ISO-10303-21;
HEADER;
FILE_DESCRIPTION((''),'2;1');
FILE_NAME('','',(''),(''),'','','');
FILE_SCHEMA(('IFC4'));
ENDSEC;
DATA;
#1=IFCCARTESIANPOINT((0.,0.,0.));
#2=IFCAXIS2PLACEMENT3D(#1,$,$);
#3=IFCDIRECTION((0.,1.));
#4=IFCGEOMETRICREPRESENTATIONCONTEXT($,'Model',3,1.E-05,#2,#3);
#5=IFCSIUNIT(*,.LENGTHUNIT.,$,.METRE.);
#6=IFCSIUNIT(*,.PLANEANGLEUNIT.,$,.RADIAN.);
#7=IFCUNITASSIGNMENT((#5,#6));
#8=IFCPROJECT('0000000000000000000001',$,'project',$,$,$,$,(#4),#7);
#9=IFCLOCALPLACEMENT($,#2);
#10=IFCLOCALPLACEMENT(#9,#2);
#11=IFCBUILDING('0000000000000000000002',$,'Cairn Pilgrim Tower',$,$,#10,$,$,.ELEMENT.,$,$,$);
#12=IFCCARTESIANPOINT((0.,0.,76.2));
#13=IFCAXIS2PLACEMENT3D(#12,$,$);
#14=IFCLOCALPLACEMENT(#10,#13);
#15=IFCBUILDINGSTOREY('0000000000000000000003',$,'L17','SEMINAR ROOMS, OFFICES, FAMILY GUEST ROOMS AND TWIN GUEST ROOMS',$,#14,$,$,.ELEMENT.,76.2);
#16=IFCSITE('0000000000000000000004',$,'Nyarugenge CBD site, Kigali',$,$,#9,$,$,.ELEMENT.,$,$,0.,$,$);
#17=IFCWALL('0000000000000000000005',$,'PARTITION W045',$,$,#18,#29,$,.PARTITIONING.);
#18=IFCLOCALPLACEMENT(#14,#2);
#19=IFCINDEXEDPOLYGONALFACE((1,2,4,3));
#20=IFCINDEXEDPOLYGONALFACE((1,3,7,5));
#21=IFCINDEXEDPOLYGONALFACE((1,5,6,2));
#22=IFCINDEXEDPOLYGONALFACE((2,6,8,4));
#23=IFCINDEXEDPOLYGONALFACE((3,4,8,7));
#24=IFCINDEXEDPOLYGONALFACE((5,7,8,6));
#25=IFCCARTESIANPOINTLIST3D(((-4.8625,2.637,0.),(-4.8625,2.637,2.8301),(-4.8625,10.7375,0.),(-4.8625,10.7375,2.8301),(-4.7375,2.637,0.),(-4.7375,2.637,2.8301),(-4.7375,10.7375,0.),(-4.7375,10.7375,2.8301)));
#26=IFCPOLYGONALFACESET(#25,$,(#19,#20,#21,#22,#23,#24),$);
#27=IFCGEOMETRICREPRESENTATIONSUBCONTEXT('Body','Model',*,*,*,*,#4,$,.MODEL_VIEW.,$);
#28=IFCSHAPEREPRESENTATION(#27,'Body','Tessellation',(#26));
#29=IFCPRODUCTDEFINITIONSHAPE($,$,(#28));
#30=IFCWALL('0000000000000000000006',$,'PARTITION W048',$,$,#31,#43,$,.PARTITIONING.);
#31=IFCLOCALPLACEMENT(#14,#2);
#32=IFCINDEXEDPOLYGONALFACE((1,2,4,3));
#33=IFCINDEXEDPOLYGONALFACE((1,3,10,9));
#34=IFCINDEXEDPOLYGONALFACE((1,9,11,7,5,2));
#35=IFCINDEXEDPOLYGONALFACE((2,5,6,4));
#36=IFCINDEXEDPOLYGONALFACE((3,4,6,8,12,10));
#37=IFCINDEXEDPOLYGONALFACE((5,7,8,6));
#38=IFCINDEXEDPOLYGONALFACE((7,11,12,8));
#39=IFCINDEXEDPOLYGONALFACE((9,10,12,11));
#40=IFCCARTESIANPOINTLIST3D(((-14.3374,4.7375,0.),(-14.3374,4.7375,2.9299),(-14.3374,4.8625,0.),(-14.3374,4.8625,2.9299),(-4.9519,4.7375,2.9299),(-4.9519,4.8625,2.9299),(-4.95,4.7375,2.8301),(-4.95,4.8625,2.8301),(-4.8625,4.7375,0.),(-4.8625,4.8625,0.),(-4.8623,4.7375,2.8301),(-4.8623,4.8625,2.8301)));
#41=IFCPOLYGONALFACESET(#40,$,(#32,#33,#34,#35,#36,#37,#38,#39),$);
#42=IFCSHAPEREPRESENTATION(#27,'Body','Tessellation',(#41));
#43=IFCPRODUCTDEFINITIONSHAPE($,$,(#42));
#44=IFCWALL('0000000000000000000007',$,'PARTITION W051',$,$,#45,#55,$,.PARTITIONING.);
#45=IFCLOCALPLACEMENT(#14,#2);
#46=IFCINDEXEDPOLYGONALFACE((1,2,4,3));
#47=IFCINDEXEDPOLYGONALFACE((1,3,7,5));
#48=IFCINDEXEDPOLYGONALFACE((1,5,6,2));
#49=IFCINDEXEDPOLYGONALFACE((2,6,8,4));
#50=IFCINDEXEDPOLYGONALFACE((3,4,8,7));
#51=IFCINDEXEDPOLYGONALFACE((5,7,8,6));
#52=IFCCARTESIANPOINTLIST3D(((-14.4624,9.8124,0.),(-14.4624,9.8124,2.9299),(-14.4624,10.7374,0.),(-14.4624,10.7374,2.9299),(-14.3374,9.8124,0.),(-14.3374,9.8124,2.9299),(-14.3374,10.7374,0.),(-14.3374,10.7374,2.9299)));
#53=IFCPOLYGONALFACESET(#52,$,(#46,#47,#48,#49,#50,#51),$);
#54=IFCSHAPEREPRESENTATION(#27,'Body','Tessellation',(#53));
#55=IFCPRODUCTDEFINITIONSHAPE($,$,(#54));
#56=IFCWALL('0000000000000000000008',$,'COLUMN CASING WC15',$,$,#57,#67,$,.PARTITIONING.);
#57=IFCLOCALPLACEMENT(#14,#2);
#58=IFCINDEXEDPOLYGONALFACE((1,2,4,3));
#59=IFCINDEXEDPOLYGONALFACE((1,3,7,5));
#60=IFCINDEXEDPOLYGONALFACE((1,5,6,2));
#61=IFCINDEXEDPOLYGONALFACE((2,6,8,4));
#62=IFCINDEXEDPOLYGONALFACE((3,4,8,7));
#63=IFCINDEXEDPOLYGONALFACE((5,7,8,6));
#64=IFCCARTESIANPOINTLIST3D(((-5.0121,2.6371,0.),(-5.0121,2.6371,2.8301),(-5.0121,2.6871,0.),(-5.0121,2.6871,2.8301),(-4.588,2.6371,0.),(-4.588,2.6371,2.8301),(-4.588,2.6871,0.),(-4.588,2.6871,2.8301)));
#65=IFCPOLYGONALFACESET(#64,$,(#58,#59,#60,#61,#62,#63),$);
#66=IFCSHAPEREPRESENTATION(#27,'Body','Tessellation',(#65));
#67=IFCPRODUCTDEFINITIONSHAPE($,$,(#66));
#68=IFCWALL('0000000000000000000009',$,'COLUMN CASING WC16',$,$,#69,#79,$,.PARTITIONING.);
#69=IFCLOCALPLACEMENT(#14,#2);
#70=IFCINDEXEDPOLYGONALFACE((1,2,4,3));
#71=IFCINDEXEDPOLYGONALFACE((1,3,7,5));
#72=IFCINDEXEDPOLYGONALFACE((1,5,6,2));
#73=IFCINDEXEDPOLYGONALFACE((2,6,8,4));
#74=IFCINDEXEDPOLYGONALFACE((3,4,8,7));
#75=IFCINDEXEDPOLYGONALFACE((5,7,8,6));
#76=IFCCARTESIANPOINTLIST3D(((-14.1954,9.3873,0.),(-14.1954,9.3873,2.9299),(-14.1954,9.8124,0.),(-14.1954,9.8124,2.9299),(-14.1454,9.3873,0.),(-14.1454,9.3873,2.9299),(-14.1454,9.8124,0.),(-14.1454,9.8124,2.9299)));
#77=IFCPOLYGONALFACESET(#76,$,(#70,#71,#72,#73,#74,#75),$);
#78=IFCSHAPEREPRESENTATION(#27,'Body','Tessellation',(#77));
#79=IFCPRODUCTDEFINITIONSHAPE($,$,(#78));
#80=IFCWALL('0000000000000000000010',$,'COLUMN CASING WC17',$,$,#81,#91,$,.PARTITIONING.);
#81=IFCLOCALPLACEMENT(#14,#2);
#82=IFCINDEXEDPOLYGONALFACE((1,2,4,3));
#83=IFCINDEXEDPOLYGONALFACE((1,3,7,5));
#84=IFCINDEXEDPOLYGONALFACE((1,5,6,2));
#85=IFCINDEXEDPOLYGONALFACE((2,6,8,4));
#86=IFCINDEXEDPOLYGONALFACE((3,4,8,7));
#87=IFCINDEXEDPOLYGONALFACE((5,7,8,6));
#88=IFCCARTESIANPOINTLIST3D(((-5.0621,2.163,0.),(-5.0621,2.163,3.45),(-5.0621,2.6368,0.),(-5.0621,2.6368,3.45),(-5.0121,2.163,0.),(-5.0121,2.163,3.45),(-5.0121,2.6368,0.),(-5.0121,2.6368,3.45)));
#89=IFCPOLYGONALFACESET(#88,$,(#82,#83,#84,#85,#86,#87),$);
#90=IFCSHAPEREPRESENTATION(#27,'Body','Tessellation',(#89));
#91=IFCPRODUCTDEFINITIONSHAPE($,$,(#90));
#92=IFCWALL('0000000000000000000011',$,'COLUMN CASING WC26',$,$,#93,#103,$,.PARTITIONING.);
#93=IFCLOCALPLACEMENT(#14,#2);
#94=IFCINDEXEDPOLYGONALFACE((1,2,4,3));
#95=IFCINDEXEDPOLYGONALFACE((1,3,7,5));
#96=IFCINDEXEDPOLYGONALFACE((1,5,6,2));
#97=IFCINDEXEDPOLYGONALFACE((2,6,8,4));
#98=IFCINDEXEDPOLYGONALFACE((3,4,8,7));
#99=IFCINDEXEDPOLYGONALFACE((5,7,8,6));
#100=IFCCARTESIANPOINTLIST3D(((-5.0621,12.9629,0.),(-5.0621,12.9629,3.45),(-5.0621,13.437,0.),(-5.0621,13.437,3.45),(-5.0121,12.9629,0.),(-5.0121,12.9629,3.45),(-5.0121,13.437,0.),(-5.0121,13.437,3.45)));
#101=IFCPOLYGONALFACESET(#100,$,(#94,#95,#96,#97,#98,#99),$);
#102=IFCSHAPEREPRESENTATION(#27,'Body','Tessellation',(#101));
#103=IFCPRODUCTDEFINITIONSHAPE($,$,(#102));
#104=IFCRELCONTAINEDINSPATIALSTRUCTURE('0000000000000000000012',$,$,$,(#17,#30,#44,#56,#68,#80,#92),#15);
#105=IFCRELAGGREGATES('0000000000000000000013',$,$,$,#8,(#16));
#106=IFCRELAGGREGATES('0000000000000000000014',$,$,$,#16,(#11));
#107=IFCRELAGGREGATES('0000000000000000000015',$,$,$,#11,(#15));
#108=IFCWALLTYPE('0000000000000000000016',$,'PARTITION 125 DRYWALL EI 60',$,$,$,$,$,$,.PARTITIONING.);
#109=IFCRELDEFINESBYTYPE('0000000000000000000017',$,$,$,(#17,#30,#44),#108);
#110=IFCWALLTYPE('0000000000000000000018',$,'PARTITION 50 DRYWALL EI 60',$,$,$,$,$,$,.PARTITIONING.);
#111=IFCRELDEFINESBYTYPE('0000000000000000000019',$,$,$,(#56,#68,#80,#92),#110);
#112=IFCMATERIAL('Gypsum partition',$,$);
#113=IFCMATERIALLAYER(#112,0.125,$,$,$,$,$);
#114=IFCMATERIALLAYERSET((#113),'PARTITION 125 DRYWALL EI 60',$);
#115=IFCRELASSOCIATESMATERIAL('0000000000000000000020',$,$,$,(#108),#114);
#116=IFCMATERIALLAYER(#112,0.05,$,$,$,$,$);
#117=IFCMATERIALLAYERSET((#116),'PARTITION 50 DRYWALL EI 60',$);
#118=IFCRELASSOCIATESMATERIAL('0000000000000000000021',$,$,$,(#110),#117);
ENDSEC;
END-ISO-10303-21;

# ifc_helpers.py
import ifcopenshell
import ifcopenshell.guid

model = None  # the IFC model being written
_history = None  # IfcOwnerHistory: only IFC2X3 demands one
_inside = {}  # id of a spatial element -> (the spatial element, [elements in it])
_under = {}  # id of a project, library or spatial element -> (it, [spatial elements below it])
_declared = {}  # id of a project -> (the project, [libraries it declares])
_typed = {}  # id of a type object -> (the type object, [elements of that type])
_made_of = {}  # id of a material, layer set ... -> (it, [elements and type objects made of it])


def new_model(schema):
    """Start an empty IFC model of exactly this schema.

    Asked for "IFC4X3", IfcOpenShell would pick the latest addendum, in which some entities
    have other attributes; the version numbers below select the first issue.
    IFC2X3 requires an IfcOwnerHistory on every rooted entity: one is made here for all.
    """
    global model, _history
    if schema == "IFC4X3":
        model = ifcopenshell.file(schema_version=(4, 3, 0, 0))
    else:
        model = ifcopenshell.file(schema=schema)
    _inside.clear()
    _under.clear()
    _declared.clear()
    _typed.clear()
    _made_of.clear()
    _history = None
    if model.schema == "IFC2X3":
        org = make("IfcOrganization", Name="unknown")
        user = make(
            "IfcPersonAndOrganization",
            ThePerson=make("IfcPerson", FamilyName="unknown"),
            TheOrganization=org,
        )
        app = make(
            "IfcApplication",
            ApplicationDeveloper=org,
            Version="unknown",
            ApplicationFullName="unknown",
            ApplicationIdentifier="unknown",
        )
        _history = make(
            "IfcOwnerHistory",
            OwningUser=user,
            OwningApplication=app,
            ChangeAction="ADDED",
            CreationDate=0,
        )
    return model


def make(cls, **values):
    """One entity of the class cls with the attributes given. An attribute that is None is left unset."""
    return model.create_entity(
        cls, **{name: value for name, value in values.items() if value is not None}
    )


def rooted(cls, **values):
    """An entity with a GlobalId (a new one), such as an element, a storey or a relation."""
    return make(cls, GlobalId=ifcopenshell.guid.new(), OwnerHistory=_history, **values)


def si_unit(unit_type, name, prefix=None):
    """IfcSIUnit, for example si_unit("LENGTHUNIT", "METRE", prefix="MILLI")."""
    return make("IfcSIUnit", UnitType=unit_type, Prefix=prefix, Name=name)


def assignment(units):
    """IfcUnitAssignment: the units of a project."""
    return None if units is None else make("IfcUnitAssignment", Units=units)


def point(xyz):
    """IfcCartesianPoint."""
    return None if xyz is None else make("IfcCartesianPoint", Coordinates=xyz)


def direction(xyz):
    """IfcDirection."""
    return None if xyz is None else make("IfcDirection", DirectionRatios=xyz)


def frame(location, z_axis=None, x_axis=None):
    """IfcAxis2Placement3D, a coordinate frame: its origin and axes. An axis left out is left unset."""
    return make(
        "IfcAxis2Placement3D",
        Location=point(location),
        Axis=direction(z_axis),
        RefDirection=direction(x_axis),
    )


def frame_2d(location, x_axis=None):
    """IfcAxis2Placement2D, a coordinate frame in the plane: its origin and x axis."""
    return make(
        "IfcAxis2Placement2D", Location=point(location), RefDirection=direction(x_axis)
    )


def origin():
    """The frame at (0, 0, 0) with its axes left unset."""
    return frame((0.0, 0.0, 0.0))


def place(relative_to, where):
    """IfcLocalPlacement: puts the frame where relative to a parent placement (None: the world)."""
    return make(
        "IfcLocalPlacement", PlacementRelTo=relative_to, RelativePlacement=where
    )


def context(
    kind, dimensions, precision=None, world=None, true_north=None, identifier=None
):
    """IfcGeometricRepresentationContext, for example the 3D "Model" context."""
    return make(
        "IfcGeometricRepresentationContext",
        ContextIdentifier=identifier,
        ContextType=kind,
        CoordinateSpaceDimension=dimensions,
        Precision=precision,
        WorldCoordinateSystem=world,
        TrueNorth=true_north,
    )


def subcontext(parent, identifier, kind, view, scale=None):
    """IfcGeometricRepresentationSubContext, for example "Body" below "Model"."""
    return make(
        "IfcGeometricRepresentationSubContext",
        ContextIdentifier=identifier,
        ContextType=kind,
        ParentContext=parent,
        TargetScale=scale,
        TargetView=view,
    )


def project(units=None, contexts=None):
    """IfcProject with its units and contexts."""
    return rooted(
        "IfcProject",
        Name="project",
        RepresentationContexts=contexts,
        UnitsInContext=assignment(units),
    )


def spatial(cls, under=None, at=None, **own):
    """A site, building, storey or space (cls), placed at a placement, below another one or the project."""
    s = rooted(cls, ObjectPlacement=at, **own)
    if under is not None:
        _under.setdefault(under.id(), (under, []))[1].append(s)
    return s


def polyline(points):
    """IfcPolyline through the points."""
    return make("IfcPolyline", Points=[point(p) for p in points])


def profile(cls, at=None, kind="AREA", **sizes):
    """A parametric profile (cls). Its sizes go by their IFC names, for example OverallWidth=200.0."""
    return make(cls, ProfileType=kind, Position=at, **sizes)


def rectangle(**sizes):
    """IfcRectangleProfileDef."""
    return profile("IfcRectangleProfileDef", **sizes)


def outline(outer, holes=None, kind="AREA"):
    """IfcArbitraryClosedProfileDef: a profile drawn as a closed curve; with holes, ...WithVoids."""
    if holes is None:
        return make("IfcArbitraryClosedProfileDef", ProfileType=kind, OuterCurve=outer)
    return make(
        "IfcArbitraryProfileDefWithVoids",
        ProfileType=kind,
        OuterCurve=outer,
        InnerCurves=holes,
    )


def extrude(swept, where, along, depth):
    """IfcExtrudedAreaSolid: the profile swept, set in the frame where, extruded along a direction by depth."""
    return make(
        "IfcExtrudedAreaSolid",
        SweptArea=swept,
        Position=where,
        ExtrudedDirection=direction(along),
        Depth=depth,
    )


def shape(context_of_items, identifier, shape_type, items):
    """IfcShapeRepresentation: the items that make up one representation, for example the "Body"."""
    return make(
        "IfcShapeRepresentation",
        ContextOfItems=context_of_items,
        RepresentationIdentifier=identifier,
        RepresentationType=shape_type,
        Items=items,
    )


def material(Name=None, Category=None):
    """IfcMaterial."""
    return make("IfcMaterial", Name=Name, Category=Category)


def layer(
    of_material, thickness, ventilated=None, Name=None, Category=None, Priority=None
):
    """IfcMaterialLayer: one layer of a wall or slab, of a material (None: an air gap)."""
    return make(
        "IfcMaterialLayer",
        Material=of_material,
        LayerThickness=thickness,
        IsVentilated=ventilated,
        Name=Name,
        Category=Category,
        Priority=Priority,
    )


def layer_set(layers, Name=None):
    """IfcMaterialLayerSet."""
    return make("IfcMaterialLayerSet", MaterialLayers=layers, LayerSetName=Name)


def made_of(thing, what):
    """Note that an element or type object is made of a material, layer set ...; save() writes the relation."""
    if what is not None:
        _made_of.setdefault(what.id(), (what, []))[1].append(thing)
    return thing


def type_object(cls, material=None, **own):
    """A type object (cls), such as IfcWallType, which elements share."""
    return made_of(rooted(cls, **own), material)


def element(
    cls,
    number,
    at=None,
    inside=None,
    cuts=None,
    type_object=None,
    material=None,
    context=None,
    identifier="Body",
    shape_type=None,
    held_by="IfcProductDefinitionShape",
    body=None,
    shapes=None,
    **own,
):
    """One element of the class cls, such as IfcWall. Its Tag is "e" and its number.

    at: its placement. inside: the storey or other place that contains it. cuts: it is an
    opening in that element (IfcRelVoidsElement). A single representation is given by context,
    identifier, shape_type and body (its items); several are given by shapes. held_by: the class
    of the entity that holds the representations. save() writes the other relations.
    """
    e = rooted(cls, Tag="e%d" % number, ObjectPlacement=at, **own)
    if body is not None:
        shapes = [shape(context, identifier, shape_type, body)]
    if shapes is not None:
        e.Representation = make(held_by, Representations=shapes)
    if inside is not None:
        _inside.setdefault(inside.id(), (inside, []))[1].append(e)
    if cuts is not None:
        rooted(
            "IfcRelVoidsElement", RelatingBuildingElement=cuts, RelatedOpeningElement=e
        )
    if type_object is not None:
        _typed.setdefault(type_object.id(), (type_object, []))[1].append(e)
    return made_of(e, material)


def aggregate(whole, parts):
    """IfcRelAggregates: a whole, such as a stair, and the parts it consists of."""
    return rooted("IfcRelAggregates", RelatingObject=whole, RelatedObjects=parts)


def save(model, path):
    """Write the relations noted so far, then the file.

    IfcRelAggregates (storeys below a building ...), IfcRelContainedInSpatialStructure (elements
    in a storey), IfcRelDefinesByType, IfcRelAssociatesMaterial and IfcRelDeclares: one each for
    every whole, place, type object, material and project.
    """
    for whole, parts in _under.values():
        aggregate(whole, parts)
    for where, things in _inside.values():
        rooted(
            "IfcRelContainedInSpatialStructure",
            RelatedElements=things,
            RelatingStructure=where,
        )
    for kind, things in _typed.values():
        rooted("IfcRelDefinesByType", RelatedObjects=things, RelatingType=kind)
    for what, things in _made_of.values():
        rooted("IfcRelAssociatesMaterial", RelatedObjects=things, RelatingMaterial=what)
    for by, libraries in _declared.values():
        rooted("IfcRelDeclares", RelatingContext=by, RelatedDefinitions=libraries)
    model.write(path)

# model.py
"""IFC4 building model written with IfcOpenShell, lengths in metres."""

from ifc_helpers import new_model, si_unit, direction, frame, frame_2d, origin, place, context, subcontext, project, spatial, polyline, rectangle, outline, extrude, material, layer, layer_set, type_object, element, save


model = new_model("IFC4")

# Units and contexts
model_context = context("Model", 3, precision=1e-05, world=origin(), true_north=direction((0.0, 1.0)))
body_context = subcontext(model_context, "Body", "Model", "MODEL_VIEW")
ifc_project = project(units=[si_unit("LENGTHUNIT", "METRE"), si_unit("PLANEANGLEUNIT", "RADIAN")], contexts=[model_context])

# Site, building, storey
site_placement = place(None, origin())
site = spatial("IfcSite", under=ifc_project, at=site_placement, Name="Nyarugenge CBD site, Kigali", CompositionType="ELEMENT", RefElevation=0.0)
building_placement = place(site_placement, origin())
building = spatial("IfcBuilding", under=site, at=building_placement, Name="Cairn Pilgrim Tower", CompositionType="ELEMENT")
storey_placement = place(building_placement, frame((0.0, 0.0, 76.2)))
storey = spatial("IfcBuildingStorey", under=building, at=storey_placement, Name="L17", Description="SEMINAR ROOMS, OFFICES, FAMILY GUEST ROOMS AND TWIN GUEST ROOMS", CompositionType="ELEMENT", Elevation=76.2)

# Walls
ifc_material_1 = material(Name="Gypsum partition")
ifc_layer_1 = layer(ifc_material_1, 0.125)
ifc_layer_set_1 = layer_set([ifc_layer_1], Name="PARTITION 125 DRYWALL EI 60")
wall_type_1 = type_object("IfcWallType", Name="PARTITION 125 DRYWALL EI 60", PredefinedType="PARTITIONING", material=ifc_layer_set_1)
wall_1_placement = place(storey_placement, frame((-4.8, 2.637, 0.0), z_axis=(0.0, 0.0, 1.0), x_axis=(0.0, 1.0, 0.0)))
element("IfcWall", 1, at=wall_1_placement, inside=storey, type_object=wall_type_1, Name="PARTITION W045", PredefinedType="PARTITIONING", context=body_context, shape_type="SweptSolid", body=[
    extrude(rectangle(XDim=8.1006, YDim=0.125, at=frame_2d((4.0503, 0.0))), origin(), (0.0, 0.0, 1.0), 2.8301),
])
wall_2_placement = place(storey_placement, frame((-14.3374, 4.8, 0.0), z_axis=(0.0, 0.0, 1.0), x_axis=(1.0, 0.0, 0.0)))
element("IfcWall", 2, at=wall_2_placement, inside=storey, type_object=wall_type_1, Name="PARTITION W048", PredefinedType="PARTITIONING", context=body_context, shape_type="SweptSolid", body=[
    extrude(outline(polyline([(0.0, 0.0), (9.4749, 0.0), (9.4751, 2.8301), (9.3875, 2.8301), (9.3855, 2.9299), (0.0, 2.9299), (0.0, 0.0)])), frame((0.0, 0.0625, 0.0), z_axis=(0.0, -1.0, 0.0), x_axis=(1.0, 0.0, 0.0)), (0.0, 0.0, 1.0), 0.125),
])
wall_3_placement = place(storey_placement, frame((-14.3999, 9.8125, 0.0), z_axis=(0.0, 0.0, 1.0), x_axis=(0.0, 1.0, 0.0)))
element("IfcWall", 3, at=wall_3_placement, inside=storey, type_object=wall_type_1, Name="PARTITION W051", PredefinedType="PARTITIONING", context=body_context, shape_type="SweptSolid", body=[
    extrude(rectangle(XDim=0.925, YDim=0.125, at=frame_2d((0.4624, 0.0))), origin(), (0.0, 0.0, 1.0), 2.9299),
])
ifc_layer_2 = layer(ifc_material_1, 0.05)
ifc_layer_set_2 = layer_set([ifc_layer_2], Name="PARTITION 50 DRYWALL EI 60")
wall_type_2 = type_object("IfcWallType", Name="PARTITION 50 DRYWALL EI 60", PredefinedType="PARTITIONING", material=ifc_layer_set_2)
wall_4_placement = place(storey_placement, frame((-5.012, 2.6621, 0.0), z_axis=(0.0, 0.0, 1.0), x_axis=(1.0, 0.0, 0.0)))
element("IfcWall", 4, at=wall_4_placement, inside=storey, type_object=wall_type_2, Name="COLUMN CASING WC15", PredefinedType="PARTITIONING", context=body_context, shape_type="SweptSolid", body=[
    extrude(rectangle(XDim=0.4241, YDim=0.05, at=frame_2d((0.2119, 0.0))), origin(), (0.0, 0.0, 1.0), 2.8301),
])
wall_5_placement = place(storey_placement, frame((-14.1704, 9.3875, 0.0), z_axis=(0.0, 0.0, 1.0), x_axis=(0.0, 1.0, 0.0)))
element("IfcWall", 5, at=wall_5_placement, inside=storey, type_object=wall_type_2, Name="COLUMN CASING WC16", PredefinedType="PARTITIONING", context=body_context, shape_type="SweptSolid", body=[
    extrude(rectangle(XDim=0.425, YDim=0.05, at=frame_2d((0.2124, 0.0))), origin(), (0.0, 0.0, 1.0), 2.9299),
])
wall_6_placement = place(storey_placement, frame((-5.0371, 2.1631, 0.0), z_axis=(0.0, 0.0, 1.0), x_axis=(0.0, 1.0, 0.0)))
element("IfcWall", 6, at=wall_6_placement, inside=storey, type_object=wall_type_2, Name="COLUMN CASING WC17", PredefinedType="PARTITIONING", context=body_context, shape_type="SweptSolid", body=[
    extrude(rectangle(XDim=0.4739, YDim=0.05, at=frame_2d((0.2368, 0.0))), origin(), (0.0, 0.0, 1.0), 3.45),
])
wall_7_placement = place(storey_placement, frame((-5.0371, 12.9629, 0.0), z_axis=(0.0, 0.0, 1.0), x_axis=(0.0, 1.0, 0.0)))
element("IfcWall", 7, at=wall_7_placement, inside=storey, type_object=wall_type_2, Name="COLUMN CASING WC26", PredefinedType="PARTITIONING", context=body_context, shape_type="SweptSolid", body=[
    extrude(rectangle(XDim=0.4741, YDim=0.05, at=frame_2d((0.2371, 0.0))), origin(), (0.0, 0.0, 1.0), 3.45),
])

save(model, "model.ifc")
